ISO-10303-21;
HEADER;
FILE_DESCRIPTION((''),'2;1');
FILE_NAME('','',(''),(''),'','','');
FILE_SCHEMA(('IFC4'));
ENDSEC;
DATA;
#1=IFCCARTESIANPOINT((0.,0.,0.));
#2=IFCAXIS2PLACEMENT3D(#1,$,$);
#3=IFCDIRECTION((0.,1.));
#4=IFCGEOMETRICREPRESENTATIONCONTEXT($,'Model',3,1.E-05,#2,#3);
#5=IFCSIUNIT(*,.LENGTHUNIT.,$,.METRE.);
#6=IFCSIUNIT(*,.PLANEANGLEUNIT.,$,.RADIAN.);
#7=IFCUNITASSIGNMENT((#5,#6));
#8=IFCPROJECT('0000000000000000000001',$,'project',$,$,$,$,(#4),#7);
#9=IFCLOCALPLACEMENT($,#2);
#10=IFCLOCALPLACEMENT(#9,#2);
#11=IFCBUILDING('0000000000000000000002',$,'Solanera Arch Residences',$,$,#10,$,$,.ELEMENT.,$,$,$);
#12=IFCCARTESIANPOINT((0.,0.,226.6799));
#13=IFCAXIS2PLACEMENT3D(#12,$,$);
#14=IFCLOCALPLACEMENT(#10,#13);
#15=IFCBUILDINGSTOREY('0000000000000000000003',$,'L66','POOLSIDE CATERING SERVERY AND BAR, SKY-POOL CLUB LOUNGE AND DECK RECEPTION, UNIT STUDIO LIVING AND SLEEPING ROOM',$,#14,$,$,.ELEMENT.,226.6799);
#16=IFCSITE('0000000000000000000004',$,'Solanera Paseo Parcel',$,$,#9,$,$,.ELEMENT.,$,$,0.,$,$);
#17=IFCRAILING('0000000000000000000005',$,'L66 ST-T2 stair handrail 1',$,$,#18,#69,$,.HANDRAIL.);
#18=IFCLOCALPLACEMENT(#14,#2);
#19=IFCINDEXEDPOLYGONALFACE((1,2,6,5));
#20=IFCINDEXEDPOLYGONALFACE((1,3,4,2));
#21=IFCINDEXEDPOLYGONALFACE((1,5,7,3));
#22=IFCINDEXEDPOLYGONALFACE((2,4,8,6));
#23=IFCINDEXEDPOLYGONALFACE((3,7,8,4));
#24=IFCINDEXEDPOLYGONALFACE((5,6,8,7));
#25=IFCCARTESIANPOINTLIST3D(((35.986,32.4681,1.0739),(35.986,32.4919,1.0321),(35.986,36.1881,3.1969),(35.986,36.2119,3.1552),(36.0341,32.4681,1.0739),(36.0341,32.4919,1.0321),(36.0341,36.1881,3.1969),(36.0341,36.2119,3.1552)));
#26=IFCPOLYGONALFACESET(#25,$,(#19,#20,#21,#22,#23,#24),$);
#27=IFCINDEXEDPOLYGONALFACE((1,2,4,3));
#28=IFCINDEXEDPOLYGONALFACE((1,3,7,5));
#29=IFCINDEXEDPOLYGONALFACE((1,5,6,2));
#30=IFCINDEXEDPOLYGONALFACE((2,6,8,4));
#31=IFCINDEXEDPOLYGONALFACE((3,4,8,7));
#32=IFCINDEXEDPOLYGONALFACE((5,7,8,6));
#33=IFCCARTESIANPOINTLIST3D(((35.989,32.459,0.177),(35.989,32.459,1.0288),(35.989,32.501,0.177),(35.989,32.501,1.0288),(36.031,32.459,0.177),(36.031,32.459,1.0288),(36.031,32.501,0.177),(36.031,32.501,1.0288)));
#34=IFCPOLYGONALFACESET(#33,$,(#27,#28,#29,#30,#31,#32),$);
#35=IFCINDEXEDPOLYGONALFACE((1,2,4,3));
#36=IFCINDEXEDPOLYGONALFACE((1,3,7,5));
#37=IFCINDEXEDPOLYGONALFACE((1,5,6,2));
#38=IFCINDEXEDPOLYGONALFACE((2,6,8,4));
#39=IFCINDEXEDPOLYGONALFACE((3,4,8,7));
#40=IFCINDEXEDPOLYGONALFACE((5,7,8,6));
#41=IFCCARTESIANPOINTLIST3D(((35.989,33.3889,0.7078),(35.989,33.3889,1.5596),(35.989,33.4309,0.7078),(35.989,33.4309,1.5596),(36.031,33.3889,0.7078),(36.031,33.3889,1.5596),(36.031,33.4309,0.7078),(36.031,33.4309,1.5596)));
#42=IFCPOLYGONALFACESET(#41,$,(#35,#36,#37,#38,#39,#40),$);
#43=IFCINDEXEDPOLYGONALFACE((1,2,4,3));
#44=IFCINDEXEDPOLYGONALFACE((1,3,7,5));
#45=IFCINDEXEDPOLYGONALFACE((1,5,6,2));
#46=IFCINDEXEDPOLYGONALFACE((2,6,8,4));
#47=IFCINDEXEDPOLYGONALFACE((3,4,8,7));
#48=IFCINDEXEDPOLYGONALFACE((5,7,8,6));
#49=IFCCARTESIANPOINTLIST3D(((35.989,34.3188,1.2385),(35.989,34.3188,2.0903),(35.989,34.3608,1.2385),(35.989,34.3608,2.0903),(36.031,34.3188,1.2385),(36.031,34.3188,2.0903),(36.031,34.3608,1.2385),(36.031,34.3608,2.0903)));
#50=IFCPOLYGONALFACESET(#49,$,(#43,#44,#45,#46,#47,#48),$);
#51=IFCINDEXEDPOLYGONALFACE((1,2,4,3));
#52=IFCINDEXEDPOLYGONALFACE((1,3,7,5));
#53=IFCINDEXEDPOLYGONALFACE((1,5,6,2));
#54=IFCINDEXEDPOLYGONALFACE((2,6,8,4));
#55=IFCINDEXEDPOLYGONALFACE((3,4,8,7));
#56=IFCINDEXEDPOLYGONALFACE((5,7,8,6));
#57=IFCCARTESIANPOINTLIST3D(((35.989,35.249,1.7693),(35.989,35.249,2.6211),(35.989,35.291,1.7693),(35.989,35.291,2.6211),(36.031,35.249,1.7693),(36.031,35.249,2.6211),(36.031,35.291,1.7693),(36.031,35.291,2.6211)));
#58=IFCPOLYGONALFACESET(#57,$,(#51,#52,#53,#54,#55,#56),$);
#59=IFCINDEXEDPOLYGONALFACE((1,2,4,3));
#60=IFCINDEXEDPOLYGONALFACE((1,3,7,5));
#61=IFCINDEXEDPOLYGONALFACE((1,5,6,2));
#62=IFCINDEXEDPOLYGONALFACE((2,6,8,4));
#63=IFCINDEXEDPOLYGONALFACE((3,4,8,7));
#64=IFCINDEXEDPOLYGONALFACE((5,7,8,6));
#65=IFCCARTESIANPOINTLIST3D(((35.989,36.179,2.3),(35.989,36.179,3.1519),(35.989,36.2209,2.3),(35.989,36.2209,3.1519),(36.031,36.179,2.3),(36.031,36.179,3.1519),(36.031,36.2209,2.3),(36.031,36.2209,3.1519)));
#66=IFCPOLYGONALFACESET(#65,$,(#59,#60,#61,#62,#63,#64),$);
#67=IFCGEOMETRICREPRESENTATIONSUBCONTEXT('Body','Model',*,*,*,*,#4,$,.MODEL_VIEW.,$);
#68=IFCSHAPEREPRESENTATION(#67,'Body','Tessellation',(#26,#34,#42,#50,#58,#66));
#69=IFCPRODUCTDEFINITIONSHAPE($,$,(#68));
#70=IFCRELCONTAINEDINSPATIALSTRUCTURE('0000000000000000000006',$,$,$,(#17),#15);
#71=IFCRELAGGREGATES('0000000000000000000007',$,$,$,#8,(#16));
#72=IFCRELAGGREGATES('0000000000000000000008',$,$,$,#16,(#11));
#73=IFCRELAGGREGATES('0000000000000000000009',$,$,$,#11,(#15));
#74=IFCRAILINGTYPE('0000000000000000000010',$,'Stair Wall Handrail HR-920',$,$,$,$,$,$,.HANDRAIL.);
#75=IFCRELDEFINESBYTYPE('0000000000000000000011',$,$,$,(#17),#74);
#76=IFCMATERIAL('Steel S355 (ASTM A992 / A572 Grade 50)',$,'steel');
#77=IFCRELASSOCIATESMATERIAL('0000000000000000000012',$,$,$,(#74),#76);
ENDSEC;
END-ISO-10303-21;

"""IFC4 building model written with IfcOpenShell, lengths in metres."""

from ifc_helpers import new_model, si_unit, direction, frame, origin, origin_2d, place, context, subcontext, project, spatial, rectangle, extrude, material, type_object, element, save


model = new_model("IFC4")

# Units and contexts
model_context = context("Model", 3, precision=1e-05, world=origin(), true_north=direction((0.0, 1.0)))
body_context = subcontext(model_context, "Body", "Model", "MODEL_VIEW")
ifc_project = project(units=[si_unit("LENGTHUNIT", "METRE"), si_unit("PLANEANGLEUNIT", "RADIAN")], contexts=[model_context])

# Site, building, storey
site_placement = place(None, origin())
site = spatial("IfcSite", under=ifc_project, at=site_placement, Name="Solanera Paseo Parcel", CompositionType="ELEMENT", RefElevation=0.0)
building_placement = place(site_placement, origin())
building = spatial("IfcBuilding", under=site, at=building_placement, Name="Solanera Arch Residences", CompositionType="ELEMENT")
storey_placement = place(building_placement, frame((0.0, 0.0, 226.6799)))
storey = spatial("IfcBuildingStorey", under=building, at=storey_placement, Name="L66", Description="POOLSIDE CATERING SERVERY AND BAR, SKY-POOL CLUB LOUNGE AND DECK RECEPTION, UNIT STUDIO LIVING AND SLEEPING ROOM", CompositionType="ELEMENT", Elevation=226.6799)

# Railing
ifc_material_1 = material(Name="Steel S355 (ASTM A992 / A572 Grade 50)", Category="steel")
railing_type_1 = type_object("IfcRailingType", Name="Stair Wall Handrail HR-920", PredefinedType="HANDRAIL", material=ifc_material_1)
railing_1_placement = place(storey_placement, frame((36.01, 32.48, 0.177)))
element("IfcRailing", 1, at=railing_1_placement, inside=storey, type_object=railing_type_1, Name="L66 ST-T2 stair handrail 1", PredefinedType="HANDRAIL", context=body_context, shape_type="SweptSolid", body=[
    extrude(rectangle(XDim=0.0481, YDim=0.0481, at=origin_2d()), frame((0.0, 0.0, 0.876), z_axis=(0.0, 0.86851, 0.495672), x_axis=(-1.0, 0.0, 0.0)), (0.0, 0.0, 1.0), 4.2832),
    extrude(rectangle(XDim=0.042, YDim=0.042, at=origin_2d()), origin(), (0.0, 0.0, 1.0), 0.8518),
    extrude(rectangle(XDim=0.042, YDim=0.042, at=origin_2d()), frame((0.0, 0.9299, 0.5308)), (0.0, 0.0, 1.0), 0.8518),
    extrude(rectangle(XDim=0.042, YDim=0.042, at=origin_2d()), frame((0.0, 1.8599, 1.0615)), (0.0, 0.0, 1.0), 0.8518),
    extrude(rectangle(XDim=0.042, YDim=0.042, at=origin_2d()), frame((0.0, 2.79, 1.5923)), (0.0, 0.0, 1.0), 0.8518),
    extrude(rectangle(XDim=0.042, YDim=0.042, at=origin_2d()), frame((0.0, 3.72, 2.123)), (0.0, 0.0, 1.0), 0.8518),
])

save(model, "model.ifc")
